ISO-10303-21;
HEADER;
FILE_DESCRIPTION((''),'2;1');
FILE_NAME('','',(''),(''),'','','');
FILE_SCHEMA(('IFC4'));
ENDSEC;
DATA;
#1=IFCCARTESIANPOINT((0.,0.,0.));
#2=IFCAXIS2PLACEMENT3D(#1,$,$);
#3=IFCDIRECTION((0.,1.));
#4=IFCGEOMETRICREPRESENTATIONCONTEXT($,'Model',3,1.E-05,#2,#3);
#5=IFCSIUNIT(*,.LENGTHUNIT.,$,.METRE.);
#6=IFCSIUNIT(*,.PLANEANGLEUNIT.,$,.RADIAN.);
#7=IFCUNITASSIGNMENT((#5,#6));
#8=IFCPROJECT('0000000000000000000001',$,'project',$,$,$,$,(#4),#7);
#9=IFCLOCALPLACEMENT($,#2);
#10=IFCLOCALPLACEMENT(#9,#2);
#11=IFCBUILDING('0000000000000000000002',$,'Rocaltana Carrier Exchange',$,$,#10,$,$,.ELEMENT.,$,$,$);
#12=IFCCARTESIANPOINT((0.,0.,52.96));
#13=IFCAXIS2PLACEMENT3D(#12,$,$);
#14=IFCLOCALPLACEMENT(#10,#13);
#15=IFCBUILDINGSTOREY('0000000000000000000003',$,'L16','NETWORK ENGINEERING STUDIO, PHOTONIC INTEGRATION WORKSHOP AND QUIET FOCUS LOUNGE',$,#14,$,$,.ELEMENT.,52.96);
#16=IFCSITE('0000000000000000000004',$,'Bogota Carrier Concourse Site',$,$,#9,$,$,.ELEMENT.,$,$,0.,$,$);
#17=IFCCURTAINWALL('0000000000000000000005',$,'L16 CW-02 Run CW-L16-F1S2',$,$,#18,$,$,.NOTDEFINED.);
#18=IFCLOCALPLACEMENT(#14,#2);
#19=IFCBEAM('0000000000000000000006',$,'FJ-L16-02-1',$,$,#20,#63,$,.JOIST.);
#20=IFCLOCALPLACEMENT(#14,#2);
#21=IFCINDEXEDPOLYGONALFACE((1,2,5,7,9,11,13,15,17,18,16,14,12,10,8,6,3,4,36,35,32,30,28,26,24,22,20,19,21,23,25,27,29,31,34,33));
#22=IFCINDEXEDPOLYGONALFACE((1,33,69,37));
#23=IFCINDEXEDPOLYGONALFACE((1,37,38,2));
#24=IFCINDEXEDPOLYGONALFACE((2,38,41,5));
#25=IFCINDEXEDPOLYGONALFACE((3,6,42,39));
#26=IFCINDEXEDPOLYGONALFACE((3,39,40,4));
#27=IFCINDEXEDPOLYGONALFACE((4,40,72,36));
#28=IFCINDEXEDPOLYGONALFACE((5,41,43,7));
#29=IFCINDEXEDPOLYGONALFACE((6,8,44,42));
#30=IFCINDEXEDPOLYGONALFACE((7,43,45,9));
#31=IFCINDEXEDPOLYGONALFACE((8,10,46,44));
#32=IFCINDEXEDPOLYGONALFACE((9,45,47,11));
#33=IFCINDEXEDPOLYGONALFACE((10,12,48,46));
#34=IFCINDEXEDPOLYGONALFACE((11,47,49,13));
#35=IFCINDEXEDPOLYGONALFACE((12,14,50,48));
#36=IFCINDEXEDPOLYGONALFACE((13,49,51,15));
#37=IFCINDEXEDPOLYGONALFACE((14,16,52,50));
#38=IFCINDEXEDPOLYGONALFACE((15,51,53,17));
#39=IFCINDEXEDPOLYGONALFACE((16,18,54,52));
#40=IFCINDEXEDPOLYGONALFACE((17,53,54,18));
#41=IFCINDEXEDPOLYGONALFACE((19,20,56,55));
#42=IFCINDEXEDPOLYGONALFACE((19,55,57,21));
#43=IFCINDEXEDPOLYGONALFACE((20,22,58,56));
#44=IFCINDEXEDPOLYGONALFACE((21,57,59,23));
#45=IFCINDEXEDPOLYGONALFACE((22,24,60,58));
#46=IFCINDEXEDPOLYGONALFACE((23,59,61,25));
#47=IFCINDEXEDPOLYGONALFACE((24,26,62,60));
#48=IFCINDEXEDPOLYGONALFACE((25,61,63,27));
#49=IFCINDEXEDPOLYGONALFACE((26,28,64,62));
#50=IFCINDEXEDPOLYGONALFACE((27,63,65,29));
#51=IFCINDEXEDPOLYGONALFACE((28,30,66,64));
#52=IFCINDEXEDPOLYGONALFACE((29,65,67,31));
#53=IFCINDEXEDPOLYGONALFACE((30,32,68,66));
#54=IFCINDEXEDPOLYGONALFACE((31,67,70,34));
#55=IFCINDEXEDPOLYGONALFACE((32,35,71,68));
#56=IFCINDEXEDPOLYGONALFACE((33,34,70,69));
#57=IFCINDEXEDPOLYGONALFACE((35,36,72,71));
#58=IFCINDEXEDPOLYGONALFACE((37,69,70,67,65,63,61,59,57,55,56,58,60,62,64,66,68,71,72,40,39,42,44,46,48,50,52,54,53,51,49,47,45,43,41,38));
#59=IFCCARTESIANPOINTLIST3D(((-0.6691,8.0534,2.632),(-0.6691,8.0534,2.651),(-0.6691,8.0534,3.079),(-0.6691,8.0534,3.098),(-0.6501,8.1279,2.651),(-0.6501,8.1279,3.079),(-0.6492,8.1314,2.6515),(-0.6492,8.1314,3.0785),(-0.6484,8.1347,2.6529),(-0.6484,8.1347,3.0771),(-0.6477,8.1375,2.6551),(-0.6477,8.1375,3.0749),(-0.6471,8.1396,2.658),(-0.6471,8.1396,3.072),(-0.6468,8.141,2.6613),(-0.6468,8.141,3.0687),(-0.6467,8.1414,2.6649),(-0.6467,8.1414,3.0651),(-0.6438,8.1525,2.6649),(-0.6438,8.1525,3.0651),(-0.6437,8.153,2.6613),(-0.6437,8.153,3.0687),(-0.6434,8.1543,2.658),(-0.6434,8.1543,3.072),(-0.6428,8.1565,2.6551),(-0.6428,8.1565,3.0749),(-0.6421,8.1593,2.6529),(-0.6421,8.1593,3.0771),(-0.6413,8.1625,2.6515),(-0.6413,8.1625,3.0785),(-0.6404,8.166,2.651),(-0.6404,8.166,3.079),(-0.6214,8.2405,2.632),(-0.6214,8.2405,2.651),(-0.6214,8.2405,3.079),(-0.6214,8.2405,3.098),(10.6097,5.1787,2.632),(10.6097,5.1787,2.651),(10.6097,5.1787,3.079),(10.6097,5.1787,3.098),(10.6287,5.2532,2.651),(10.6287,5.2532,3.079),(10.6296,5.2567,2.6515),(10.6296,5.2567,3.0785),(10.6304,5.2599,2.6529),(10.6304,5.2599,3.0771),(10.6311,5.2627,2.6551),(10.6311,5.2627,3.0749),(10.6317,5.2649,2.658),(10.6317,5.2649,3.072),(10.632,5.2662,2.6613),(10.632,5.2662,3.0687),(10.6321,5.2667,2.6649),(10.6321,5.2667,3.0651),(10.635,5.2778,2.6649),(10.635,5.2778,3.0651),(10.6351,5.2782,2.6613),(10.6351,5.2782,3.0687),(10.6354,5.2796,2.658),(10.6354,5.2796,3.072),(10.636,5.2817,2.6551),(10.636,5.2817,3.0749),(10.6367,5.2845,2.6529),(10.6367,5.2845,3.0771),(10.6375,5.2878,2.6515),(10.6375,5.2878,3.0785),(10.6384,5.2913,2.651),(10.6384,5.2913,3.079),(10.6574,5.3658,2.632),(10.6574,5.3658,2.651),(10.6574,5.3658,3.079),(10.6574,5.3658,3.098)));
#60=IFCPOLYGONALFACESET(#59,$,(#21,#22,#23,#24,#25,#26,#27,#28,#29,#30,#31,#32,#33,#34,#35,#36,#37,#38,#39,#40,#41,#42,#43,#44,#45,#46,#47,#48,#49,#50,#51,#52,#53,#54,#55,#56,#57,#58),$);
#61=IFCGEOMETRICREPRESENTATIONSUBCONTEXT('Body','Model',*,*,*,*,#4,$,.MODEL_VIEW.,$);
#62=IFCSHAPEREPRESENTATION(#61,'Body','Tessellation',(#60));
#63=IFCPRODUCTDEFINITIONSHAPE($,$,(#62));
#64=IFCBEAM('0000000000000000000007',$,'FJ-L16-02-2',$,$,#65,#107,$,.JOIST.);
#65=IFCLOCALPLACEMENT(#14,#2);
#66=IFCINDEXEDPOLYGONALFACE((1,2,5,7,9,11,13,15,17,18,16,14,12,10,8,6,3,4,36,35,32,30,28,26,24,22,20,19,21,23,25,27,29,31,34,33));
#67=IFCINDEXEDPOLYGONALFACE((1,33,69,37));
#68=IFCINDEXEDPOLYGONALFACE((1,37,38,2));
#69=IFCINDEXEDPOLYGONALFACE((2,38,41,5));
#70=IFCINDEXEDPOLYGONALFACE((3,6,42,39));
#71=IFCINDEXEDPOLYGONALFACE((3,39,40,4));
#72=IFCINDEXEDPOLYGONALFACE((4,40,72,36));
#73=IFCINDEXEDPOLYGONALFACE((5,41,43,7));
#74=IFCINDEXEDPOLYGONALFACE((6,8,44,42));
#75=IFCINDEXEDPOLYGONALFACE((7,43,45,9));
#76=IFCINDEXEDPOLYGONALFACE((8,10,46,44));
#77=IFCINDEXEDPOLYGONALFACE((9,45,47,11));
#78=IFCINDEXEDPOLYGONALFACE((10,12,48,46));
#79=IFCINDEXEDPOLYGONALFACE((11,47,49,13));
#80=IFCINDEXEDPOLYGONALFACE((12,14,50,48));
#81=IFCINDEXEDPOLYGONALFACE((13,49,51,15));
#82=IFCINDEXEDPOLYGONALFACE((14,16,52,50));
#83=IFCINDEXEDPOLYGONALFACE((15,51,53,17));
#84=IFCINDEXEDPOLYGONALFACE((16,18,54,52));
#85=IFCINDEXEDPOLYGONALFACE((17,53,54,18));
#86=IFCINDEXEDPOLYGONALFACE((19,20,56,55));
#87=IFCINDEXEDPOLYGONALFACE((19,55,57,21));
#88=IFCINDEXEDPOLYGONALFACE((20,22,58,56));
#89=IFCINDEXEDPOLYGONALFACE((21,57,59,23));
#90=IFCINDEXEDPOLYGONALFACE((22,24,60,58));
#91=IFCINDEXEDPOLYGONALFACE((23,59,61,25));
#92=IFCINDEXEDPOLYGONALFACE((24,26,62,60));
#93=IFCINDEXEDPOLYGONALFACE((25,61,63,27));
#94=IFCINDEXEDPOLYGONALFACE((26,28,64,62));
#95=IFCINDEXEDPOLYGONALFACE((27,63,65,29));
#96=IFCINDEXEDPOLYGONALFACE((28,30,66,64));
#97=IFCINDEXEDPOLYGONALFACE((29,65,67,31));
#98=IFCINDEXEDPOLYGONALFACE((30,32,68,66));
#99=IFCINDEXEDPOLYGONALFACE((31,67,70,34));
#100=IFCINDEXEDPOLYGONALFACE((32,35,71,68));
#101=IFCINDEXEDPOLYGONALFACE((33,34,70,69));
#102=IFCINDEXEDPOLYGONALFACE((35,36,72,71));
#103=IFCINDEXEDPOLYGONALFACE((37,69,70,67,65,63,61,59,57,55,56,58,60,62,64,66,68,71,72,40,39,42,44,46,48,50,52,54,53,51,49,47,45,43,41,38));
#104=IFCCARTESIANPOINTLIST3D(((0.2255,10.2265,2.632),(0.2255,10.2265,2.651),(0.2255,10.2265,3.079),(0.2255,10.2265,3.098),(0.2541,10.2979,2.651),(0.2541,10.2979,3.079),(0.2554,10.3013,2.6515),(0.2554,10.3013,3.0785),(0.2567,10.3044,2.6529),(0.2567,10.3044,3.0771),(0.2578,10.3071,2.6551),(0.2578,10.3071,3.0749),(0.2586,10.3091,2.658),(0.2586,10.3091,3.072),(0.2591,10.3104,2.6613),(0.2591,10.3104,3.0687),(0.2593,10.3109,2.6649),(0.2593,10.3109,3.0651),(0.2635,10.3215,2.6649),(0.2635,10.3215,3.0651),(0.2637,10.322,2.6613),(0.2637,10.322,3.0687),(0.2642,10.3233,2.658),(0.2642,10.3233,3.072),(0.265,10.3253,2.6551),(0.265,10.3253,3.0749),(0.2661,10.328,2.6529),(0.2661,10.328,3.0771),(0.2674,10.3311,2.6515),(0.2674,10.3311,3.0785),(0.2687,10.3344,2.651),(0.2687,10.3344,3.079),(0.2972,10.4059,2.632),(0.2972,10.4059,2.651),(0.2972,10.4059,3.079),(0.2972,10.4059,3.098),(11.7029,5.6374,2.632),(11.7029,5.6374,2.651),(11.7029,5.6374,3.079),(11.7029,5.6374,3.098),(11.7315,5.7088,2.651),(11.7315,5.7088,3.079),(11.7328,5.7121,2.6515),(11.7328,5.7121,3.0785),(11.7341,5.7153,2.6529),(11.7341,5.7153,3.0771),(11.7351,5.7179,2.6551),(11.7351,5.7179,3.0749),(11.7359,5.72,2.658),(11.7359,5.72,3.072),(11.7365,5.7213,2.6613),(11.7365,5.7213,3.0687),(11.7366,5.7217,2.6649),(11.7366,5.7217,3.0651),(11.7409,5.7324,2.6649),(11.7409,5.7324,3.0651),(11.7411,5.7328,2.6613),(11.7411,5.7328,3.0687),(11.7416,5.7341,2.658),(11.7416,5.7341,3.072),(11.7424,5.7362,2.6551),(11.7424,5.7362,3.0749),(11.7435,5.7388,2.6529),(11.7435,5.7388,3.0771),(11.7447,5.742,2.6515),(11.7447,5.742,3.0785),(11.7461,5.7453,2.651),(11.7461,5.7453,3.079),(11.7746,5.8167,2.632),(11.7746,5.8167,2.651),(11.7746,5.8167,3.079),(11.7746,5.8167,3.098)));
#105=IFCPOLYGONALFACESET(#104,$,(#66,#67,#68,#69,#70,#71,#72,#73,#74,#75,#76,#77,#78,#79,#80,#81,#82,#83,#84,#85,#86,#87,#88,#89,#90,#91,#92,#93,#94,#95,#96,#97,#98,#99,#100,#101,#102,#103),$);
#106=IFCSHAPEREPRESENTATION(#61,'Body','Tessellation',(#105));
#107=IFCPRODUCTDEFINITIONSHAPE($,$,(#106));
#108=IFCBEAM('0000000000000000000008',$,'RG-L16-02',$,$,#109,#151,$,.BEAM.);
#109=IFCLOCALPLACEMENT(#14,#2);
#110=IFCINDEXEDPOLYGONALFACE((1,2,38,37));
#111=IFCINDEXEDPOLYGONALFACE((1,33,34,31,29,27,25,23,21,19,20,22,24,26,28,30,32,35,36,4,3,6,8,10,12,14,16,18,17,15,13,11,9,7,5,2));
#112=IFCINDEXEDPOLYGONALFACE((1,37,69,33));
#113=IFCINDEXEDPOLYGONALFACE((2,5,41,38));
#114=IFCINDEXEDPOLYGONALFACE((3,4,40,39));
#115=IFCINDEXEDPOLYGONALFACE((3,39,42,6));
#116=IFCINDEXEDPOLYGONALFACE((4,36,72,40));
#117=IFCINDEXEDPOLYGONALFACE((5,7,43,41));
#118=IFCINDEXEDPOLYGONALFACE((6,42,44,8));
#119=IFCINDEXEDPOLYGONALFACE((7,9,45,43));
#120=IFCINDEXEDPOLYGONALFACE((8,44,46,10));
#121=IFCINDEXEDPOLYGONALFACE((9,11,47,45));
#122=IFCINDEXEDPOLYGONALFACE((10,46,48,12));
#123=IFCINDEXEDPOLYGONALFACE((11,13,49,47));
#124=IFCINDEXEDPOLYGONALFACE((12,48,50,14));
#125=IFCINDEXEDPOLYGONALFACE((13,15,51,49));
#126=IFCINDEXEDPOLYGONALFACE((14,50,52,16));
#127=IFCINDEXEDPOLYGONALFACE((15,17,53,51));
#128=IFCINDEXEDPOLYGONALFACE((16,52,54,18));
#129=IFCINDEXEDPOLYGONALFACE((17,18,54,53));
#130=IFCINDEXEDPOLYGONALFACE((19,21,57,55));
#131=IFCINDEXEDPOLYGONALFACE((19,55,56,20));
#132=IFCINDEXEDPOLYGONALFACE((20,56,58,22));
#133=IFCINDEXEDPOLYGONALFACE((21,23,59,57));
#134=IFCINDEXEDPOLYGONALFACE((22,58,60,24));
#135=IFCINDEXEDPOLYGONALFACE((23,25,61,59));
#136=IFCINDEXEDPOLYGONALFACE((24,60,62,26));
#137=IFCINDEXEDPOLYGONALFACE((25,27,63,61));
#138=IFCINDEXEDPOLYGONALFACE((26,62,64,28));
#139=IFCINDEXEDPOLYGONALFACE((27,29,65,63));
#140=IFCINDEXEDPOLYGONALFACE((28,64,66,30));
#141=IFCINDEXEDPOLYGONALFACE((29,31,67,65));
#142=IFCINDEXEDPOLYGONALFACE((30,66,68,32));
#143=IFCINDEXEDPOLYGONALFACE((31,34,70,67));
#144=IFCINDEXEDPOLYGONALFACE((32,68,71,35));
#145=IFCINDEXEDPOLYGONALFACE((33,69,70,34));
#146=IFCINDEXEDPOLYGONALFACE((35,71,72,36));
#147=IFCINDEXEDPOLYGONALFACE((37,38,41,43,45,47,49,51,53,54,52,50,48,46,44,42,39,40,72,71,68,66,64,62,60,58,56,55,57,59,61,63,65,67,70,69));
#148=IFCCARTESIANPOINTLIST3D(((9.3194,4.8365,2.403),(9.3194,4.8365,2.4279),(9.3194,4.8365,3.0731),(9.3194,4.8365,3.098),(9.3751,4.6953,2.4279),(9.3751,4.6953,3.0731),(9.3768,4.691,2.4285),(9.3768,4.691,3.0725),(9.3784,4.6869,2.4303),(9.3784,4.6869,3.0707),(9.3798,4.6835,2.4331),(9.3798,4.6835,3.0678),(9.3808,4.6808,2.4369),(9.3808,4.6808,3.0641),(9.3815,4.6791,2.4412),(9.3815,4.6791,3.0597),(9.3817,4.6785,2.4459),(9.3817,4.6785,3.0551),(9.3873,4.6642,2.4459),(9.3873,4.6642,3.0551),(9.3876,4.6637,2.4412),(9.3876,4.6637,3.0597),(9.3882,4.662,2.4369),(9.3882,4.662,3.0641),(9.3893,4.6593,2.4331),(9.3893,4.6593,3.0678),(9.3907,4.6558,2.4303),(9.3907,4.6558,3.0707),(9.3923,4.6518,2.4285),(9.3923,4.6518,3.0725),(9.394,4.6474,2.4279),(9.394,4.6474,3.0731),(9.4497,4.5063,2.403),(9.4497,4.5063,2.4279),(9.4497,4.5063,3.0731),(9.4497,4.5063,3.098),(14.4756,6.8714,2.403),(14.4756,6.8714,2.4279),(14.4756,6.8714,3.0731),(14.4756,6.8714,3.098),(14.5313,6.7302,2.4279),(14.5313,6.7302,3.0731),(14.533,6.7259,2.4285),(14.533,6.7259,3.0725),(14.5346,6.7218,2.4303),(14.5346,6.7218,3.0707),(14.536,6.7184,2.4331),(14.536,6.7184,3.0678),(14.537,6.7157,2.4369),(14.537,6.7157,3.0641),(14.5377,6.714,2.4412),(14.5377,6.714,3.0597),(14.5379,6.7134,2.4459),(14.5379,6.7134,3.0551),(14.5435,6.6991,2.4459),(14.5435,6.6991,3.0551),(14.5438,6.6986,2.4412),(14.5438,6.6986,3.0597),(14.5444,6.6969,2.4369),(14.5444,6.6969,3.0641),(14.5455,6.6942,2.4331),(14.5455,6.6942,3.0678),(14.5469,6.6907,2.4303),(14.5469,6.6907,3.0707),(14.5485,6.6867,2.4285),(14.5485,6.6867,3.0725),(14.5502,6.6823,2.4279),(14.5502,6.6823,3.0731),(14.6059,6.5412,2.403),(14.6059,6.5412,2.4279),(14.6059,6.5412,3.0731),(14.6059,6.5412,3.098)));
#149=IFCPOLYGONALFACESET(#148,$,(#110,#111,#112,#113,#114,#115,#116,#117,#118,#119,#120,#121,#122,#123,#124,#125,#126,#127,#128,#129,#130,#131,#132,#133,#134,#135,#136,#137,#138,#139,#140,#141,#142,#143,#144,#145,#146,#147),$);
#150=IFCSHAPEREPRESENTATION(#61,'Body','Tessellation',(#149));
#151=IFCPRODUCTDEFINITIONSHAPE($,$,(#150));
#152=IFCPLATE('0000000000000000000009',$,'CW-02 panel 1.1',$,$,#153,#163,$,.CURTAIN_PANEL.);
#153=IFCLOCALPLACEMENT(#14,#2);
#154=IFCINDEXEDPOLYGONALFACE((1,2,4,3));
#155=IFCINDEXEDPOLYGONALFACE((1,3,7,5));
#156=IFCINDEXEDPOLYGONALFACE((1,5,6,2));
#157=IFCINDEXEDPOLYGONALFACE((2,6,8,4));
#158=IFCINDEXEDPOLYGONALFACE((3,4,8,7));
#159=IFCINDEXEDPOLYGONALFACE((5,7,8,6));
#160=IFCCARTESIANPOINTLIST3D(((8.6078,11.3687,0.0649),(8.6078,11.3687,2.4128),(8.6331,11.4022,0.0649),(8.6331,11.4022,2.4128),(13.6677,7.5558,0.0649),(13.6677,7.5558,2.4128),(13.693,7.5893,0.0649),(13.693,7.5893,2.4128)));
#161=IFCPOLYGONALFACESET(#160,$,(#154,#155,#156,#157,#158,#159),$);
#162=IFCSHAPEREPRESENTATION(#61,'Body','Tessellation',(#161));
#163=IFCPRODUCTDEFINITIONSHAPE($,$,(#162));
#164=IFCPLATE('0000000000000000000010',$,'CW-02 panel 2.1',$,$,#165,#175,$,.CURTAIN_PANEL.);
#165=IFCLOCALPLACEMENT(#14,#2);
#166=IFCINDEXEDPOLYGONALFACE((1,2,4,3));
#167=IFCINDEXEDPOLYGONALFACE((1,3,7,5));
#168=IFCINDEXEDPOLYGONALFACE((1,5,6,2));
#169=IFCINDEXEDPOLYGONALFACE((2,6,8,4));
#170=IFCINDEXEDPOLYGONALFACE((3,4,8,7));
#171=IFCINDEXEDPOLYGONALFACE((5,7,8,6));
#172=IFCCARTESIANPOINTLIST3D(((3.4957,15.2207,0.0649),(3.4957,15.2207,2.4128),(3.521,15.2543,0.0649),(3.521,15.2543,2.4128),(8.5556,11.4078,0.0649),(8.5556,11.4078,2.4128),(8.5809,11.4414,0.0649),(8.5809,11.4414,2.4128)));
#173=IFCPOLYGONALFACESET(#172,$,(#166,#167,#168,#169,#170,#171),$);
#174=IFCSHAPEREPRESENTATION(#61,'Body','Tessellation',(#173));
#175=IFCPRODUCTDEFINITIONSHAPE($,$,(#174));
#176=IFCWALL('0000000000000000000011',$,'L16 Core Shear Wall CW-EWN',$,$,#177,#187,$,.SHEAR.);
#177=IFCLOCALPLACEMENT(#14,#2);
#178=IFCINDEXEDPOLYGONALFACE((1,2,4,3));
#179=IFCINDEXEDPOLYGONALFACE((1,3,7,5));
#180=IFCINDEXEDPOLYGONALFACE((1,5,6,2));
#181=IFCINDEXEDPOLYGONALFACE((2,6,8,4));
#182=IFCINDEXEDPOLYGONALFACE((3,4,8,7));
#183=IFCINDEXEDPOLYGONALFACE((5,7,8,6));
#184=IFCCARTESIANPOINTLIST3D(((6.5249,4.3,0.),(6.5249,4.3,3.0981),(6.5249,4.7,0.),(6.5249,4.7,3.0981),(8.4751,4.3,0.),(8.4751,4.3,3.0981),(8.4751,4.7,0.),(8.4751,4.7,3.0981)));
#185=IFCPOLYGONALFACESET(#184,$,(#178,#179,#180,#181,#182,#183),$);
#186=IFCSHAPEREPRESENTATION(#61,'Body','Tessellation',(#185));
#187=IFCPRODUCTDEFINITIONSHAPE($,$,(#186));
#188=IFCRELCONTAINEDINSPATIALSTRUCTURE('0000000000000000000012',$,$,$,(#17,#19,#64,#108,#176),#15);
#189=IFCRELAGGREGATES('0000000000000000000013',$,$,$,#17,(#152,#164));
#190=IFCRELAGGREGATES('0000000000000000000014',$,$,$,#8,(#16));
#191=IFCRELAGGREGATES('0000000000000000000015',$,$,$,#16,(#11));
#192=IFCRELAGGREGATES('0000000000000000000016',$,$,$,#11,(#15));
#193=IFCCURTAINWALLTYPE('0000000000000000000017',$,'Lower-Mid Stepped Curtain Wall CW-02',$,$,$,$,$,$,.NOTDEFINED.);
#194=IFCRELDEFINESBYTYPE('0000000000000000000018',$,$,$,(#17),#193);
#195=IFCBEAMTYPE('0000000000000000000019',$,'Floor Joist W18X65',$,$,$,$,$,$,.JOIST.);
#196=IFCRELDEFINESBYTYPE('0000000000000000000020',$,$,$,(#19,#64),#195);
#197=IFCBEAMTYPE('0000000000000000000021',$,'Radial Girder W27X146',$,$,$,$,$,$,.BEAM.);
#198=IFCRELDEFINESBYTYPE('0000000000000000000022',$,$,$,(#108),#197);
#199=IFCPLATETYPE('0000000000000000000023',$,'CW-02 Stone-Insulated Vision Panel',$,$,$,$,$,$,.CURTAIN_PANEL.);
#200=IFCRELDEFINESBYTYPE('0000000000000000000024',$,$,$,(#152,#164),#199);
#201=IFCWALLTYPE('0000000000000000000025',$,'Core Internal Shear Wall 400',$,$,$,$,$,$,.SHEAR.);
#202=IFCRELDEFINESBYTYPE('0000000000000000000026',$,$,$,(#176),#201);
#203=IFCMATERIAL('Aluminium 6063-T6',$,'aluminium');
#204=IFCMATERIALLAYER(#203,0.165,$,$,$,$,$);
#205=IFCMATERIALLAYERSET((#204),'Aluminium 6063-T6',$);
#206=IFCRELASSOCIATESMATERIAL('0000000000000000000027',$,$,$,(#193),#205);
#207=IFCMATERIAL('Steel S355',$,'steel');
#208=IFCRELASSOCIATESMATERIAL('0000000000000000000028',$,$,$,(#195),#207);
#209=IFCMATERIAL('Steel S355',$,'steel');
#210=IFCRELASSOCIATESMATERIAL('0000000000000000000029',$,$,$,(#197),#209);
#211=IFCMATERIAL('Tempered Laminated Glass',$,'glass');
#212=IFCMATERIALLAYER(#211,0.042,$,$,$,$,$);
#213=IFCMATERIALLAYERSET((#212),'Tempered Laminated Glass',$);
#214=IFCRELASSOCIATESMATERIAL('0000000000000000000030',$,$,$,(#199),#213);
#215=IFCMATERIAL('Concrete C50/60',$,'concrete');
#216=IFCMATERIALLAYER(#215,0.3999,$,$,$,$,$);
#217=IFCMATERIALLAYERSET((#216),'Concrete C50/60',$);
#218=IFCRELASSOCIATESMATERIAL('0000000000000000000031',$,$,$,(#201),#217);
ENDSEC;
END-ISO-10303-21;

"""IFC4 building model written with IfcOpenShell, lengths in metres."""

from ifc_helpers import new_model, si_unit, direction, frame, frame_2d, origin, origin_2d, place, context, subcontext, project, spatial, rectangle, i_section, extrude, material, layer, layer_set, material_profile, profile_set, type_object, element, aggregate, save


model = new_model("IFC4")

# Units and contexts
model_context = context("Model", 3, precision=1e-05, world=origin(), true_north=direction((0.0, 1.0)))
body_context = subcontext(model_context, "Body", "Model", "MODEL_VIEW")
ifc_project = project(units=[si_unit("LENGTHUNIT", "METRE"), si_unit("PLANEANGLEUNIT", "RADIAN")], contexts=[model_context])

# Site, building, storey
site_placement = place(None, origin())
site = spatial("IfcSite", under=ifc_project, at=site_placement, Name="Bogota Carrier Concourse Site", CompositionType="ELEMENT", RefElevation=0.0)
building_placement = place(site_placement, origin())
building = spatial("IfcBuilding", under=site, at=building_placement, Name="Rocaltana Carrier Exchange", CompositionType="ELEMENT")
storey_placement = place(building_placement, frame((0.0, 0.0, 52.96)))
storey = spatial("IfcBuildingStorey", under=building, at=storey_placement, Name="L16", Description="NETWORK ENGINEERING STUDIO, PHOTONIC INTEGRATION WORKSHOP AND QUIET FOCUS LOUNGE", CompositionType="ELEMENT", Elevation=52.96)

# Curtain wall
ifc_material_1 = material(Name="Aluminium 6063-T6", Category="aluminium")
ifc_layer_1 = layer(ifc_material_1, 0.165)
ifc_layer_set_1 = layer_set([ifc_layer_1], Name="Aluminium 6063-T6")
curtain_wall_type = type_object("IfcCurtainWallType", Name="Lower-Mid Stepped Curtain Wall CW-02", PredefinedType="NOTDEFINED", material=ifc_layer_set_1)
curtain_wall_placement = place(storey_placement, origin())
curtain_wall = element("IfcCurtainWall", 1, at=curtain_wall_placement, inside=storey, type_object=curtain_wall_type, Name="L16 CW-02 Run CW-L16-F1S2", PredefinedType="NOTDEFINED")

# Beams
ifc_material_2 = material(Name="Steel S355", Category="steel")
ifc_material_profile_1 = material_profile(ifc_material_2, i_section(OverallWidth=0.1931, OverallDepth=0.4661, WebThickness=0.0115, FlangeThickness=0.019, FilletRadius=0.0139, at=origin_2d()), Name="W18X65")
ifc_profile_set_1 = profile_set([ifc_material_profile_1], Name="Steel S355")
beam_type_1 = type_object("IfcBeamType", Name="Floor Joist W18X65", PredefinedType="JOIST", material=ifc_profile_set_1)
beam_1_placement = place(storey_placement, frame((10.6335, 5.2722, 2.865), z_axis=(-0.969019, 0.246985, 0.0), x_axis=(-0.246985, -0.969019, 0.0)))
element("IfcBeam", 2, at=beam_1_placement, inside=storey, type_object=beam_type_1, Name="FJ-L16-02-1", PredefinedType="JOIST", context=body_context, shape_type="SweptSolid", body=[
    extrude(i_section(OverallWidth=0.1931, OverallDepth=0.4661, WebThickness=0.0115, FlangeThickness=0.019, FilletRadius=0.0139, at=origin_2d()), origin(), (0.0, 0.0, 1.0), 11.6394),
])
beam_2_placement = place(storey_placement, frame((11.7388, 5.7271, 2.865), z_axis=(-0.928527, 0.371265, 0.0), x_axis=(-0.371265, -0.928527, 0.0)))
element("IfcBeam", 3, at=beam_2_placement, inside=storey, type_object=beam_type_1, Name="FJ-L16-02-2", PredefinedType="JOIST", context=body_context, shape_type="SweptSolid", body=[
    extrude(i_section(OverallWidth=0.1931, OverallDepth=0.4661, WebThickness=0.0115, FlangeThickness=0.019, FilletRadius=0.0139, at=origin_2d()), origin(), (0.0, 0.0, 1.0), 12.3608),
])
ifc_material_3 = material(Name="Steel S355", Category="steel")
ifc_material_profile_2 = material_profile(ifc_material_3, i_section(OverallWidth=0.355, OverallDepth=0.6951, WebThickness=0.0154, FlangeThickness=0.0249, FilletRadius=0.0181, at=origin_2d()), Name="W27X146")
ifc_profile_set_2 = profile_set([ifc_material_profile_2], Name="Steel S355")
beam_type_2 = type_object("IfcBeamType", Name="Radial Girder W27X146", PredefinedType="BEAM", material=ifc_profile_set_2)
beam_3_placement = place(storey_placement, frame((9.3845, 4.6714, 2.7505), z_axis=(0.930183, 0.367096, 0.0), x_axis=(-0.367096, 0.930183, 0.0)))
element("IfcBeam", 4, at=beam_3_placement, inside=storey, type_object=beam_type_2, Name="RG-L16-02", PredefinedType="BEAM", context=body_context, shape_type="SweptSolid", body=[
    extrude(i_section(OverallWidth=0.355, OverallDepth=0.6951, WebThickness=0.0154, FlangeThickness=0.0249, FilletRadius=0.0181, at=origin_2d()), origin(), (0.0, 0.0, 1.0), 5.5432),
])

# Plates
ifc_material_4 = material(Name="Tempered Laminated Glass", Category="glass")
ifc_layer_2 = layer(ifc_material_4, 0.042)
ifc_layer_set_2 = layer_set([ifc_layer_2], Name="Tempered Laminated Glass")
plate_type = type_object("IfcPlateType", Name="CW-02 Stone-Insulated Vision Panel", PredefinedType="CURTAIN_PANEL", material=ifc_layer_set_2)
plate_1_placement = place(storey_placement, frame((11.1504, 9.479, 0.0649), z_axis=(0.0, 0.0, 1.0), x_axis=(-0.798635, 0.601815, 0.0)))
plate_1 = element("IfcPlate", 5, at=plate_1_placement, type_object=plate_type, Name="CW-02 panel 1.1", PredefinedType="CURTAIN_PANEL", context=body_context, shape_type="SweptSolid", body=[
    extrude(rectangle(XDim=6.3357, YDim=0.042, at=origin_2d()), origin(), (0.0, 0.0, 1.0), 2.3479),
])
plate_2_placement = place(storey_placement, frame((6.0383, 13.3311, 0.0649), z_axis=(0.0, 0.0, 1.0), x_axis=(-0.798635, 0.601815, 0.0)))
plate_2 = element("IfcPlate", 6, at=plate_2_placement, type_object=plate_type, Name="CW-02 panel 2.1", PredefinedType="CURTAIN_PANEL", context=body_context, shape_type="SweptSolid", body=[
    extrude(rectangle(XDim=6.3357, YDim=0.042, at=origin_2d()), origin(), (0.0, 0.0, 1.0), 2.3479),
])
aggregate(curtain_wall, [plate_1, plate_2])

# Wall
ifc_material_5 = material(Name="Concrete C50/60", Category="concrete")
ifc_layer_3 = layer(ifc_material_5, 0.3999)
ifc_layer_set_3 = layer_set([ifc_layer_3], Name="Concrete C50/60")
wall_type_1 = type_object("IfcWallType", Name="Core Internal Shear Wall 400", PredefinedType="SHEAR", material=ifc_layer_set_3)
wall_1_placement = place(storey_placement, frame((6.5249, 4.5, 0.0), z_axis=(0.0, 0.0, 1.0), x_axis=(1.0, 0.0, 0.0)))
element("IfcWall", 7, at=wall_1_placement, inside=storey, type_object=wall_type_1, Name="L16 Core Shear Wall CW-EWN", PredefinedType="SHEAR", context=body_context, shape_type="SweptSolid", body=[
    extrude(rectangle(XDim=1.9502, YDim=0.3999, at=frame_2d((0.9751, 0.0))), origin(), (0.0, 0.0, 1.0), 3.0981),
])

save(model, "model.ifc")
